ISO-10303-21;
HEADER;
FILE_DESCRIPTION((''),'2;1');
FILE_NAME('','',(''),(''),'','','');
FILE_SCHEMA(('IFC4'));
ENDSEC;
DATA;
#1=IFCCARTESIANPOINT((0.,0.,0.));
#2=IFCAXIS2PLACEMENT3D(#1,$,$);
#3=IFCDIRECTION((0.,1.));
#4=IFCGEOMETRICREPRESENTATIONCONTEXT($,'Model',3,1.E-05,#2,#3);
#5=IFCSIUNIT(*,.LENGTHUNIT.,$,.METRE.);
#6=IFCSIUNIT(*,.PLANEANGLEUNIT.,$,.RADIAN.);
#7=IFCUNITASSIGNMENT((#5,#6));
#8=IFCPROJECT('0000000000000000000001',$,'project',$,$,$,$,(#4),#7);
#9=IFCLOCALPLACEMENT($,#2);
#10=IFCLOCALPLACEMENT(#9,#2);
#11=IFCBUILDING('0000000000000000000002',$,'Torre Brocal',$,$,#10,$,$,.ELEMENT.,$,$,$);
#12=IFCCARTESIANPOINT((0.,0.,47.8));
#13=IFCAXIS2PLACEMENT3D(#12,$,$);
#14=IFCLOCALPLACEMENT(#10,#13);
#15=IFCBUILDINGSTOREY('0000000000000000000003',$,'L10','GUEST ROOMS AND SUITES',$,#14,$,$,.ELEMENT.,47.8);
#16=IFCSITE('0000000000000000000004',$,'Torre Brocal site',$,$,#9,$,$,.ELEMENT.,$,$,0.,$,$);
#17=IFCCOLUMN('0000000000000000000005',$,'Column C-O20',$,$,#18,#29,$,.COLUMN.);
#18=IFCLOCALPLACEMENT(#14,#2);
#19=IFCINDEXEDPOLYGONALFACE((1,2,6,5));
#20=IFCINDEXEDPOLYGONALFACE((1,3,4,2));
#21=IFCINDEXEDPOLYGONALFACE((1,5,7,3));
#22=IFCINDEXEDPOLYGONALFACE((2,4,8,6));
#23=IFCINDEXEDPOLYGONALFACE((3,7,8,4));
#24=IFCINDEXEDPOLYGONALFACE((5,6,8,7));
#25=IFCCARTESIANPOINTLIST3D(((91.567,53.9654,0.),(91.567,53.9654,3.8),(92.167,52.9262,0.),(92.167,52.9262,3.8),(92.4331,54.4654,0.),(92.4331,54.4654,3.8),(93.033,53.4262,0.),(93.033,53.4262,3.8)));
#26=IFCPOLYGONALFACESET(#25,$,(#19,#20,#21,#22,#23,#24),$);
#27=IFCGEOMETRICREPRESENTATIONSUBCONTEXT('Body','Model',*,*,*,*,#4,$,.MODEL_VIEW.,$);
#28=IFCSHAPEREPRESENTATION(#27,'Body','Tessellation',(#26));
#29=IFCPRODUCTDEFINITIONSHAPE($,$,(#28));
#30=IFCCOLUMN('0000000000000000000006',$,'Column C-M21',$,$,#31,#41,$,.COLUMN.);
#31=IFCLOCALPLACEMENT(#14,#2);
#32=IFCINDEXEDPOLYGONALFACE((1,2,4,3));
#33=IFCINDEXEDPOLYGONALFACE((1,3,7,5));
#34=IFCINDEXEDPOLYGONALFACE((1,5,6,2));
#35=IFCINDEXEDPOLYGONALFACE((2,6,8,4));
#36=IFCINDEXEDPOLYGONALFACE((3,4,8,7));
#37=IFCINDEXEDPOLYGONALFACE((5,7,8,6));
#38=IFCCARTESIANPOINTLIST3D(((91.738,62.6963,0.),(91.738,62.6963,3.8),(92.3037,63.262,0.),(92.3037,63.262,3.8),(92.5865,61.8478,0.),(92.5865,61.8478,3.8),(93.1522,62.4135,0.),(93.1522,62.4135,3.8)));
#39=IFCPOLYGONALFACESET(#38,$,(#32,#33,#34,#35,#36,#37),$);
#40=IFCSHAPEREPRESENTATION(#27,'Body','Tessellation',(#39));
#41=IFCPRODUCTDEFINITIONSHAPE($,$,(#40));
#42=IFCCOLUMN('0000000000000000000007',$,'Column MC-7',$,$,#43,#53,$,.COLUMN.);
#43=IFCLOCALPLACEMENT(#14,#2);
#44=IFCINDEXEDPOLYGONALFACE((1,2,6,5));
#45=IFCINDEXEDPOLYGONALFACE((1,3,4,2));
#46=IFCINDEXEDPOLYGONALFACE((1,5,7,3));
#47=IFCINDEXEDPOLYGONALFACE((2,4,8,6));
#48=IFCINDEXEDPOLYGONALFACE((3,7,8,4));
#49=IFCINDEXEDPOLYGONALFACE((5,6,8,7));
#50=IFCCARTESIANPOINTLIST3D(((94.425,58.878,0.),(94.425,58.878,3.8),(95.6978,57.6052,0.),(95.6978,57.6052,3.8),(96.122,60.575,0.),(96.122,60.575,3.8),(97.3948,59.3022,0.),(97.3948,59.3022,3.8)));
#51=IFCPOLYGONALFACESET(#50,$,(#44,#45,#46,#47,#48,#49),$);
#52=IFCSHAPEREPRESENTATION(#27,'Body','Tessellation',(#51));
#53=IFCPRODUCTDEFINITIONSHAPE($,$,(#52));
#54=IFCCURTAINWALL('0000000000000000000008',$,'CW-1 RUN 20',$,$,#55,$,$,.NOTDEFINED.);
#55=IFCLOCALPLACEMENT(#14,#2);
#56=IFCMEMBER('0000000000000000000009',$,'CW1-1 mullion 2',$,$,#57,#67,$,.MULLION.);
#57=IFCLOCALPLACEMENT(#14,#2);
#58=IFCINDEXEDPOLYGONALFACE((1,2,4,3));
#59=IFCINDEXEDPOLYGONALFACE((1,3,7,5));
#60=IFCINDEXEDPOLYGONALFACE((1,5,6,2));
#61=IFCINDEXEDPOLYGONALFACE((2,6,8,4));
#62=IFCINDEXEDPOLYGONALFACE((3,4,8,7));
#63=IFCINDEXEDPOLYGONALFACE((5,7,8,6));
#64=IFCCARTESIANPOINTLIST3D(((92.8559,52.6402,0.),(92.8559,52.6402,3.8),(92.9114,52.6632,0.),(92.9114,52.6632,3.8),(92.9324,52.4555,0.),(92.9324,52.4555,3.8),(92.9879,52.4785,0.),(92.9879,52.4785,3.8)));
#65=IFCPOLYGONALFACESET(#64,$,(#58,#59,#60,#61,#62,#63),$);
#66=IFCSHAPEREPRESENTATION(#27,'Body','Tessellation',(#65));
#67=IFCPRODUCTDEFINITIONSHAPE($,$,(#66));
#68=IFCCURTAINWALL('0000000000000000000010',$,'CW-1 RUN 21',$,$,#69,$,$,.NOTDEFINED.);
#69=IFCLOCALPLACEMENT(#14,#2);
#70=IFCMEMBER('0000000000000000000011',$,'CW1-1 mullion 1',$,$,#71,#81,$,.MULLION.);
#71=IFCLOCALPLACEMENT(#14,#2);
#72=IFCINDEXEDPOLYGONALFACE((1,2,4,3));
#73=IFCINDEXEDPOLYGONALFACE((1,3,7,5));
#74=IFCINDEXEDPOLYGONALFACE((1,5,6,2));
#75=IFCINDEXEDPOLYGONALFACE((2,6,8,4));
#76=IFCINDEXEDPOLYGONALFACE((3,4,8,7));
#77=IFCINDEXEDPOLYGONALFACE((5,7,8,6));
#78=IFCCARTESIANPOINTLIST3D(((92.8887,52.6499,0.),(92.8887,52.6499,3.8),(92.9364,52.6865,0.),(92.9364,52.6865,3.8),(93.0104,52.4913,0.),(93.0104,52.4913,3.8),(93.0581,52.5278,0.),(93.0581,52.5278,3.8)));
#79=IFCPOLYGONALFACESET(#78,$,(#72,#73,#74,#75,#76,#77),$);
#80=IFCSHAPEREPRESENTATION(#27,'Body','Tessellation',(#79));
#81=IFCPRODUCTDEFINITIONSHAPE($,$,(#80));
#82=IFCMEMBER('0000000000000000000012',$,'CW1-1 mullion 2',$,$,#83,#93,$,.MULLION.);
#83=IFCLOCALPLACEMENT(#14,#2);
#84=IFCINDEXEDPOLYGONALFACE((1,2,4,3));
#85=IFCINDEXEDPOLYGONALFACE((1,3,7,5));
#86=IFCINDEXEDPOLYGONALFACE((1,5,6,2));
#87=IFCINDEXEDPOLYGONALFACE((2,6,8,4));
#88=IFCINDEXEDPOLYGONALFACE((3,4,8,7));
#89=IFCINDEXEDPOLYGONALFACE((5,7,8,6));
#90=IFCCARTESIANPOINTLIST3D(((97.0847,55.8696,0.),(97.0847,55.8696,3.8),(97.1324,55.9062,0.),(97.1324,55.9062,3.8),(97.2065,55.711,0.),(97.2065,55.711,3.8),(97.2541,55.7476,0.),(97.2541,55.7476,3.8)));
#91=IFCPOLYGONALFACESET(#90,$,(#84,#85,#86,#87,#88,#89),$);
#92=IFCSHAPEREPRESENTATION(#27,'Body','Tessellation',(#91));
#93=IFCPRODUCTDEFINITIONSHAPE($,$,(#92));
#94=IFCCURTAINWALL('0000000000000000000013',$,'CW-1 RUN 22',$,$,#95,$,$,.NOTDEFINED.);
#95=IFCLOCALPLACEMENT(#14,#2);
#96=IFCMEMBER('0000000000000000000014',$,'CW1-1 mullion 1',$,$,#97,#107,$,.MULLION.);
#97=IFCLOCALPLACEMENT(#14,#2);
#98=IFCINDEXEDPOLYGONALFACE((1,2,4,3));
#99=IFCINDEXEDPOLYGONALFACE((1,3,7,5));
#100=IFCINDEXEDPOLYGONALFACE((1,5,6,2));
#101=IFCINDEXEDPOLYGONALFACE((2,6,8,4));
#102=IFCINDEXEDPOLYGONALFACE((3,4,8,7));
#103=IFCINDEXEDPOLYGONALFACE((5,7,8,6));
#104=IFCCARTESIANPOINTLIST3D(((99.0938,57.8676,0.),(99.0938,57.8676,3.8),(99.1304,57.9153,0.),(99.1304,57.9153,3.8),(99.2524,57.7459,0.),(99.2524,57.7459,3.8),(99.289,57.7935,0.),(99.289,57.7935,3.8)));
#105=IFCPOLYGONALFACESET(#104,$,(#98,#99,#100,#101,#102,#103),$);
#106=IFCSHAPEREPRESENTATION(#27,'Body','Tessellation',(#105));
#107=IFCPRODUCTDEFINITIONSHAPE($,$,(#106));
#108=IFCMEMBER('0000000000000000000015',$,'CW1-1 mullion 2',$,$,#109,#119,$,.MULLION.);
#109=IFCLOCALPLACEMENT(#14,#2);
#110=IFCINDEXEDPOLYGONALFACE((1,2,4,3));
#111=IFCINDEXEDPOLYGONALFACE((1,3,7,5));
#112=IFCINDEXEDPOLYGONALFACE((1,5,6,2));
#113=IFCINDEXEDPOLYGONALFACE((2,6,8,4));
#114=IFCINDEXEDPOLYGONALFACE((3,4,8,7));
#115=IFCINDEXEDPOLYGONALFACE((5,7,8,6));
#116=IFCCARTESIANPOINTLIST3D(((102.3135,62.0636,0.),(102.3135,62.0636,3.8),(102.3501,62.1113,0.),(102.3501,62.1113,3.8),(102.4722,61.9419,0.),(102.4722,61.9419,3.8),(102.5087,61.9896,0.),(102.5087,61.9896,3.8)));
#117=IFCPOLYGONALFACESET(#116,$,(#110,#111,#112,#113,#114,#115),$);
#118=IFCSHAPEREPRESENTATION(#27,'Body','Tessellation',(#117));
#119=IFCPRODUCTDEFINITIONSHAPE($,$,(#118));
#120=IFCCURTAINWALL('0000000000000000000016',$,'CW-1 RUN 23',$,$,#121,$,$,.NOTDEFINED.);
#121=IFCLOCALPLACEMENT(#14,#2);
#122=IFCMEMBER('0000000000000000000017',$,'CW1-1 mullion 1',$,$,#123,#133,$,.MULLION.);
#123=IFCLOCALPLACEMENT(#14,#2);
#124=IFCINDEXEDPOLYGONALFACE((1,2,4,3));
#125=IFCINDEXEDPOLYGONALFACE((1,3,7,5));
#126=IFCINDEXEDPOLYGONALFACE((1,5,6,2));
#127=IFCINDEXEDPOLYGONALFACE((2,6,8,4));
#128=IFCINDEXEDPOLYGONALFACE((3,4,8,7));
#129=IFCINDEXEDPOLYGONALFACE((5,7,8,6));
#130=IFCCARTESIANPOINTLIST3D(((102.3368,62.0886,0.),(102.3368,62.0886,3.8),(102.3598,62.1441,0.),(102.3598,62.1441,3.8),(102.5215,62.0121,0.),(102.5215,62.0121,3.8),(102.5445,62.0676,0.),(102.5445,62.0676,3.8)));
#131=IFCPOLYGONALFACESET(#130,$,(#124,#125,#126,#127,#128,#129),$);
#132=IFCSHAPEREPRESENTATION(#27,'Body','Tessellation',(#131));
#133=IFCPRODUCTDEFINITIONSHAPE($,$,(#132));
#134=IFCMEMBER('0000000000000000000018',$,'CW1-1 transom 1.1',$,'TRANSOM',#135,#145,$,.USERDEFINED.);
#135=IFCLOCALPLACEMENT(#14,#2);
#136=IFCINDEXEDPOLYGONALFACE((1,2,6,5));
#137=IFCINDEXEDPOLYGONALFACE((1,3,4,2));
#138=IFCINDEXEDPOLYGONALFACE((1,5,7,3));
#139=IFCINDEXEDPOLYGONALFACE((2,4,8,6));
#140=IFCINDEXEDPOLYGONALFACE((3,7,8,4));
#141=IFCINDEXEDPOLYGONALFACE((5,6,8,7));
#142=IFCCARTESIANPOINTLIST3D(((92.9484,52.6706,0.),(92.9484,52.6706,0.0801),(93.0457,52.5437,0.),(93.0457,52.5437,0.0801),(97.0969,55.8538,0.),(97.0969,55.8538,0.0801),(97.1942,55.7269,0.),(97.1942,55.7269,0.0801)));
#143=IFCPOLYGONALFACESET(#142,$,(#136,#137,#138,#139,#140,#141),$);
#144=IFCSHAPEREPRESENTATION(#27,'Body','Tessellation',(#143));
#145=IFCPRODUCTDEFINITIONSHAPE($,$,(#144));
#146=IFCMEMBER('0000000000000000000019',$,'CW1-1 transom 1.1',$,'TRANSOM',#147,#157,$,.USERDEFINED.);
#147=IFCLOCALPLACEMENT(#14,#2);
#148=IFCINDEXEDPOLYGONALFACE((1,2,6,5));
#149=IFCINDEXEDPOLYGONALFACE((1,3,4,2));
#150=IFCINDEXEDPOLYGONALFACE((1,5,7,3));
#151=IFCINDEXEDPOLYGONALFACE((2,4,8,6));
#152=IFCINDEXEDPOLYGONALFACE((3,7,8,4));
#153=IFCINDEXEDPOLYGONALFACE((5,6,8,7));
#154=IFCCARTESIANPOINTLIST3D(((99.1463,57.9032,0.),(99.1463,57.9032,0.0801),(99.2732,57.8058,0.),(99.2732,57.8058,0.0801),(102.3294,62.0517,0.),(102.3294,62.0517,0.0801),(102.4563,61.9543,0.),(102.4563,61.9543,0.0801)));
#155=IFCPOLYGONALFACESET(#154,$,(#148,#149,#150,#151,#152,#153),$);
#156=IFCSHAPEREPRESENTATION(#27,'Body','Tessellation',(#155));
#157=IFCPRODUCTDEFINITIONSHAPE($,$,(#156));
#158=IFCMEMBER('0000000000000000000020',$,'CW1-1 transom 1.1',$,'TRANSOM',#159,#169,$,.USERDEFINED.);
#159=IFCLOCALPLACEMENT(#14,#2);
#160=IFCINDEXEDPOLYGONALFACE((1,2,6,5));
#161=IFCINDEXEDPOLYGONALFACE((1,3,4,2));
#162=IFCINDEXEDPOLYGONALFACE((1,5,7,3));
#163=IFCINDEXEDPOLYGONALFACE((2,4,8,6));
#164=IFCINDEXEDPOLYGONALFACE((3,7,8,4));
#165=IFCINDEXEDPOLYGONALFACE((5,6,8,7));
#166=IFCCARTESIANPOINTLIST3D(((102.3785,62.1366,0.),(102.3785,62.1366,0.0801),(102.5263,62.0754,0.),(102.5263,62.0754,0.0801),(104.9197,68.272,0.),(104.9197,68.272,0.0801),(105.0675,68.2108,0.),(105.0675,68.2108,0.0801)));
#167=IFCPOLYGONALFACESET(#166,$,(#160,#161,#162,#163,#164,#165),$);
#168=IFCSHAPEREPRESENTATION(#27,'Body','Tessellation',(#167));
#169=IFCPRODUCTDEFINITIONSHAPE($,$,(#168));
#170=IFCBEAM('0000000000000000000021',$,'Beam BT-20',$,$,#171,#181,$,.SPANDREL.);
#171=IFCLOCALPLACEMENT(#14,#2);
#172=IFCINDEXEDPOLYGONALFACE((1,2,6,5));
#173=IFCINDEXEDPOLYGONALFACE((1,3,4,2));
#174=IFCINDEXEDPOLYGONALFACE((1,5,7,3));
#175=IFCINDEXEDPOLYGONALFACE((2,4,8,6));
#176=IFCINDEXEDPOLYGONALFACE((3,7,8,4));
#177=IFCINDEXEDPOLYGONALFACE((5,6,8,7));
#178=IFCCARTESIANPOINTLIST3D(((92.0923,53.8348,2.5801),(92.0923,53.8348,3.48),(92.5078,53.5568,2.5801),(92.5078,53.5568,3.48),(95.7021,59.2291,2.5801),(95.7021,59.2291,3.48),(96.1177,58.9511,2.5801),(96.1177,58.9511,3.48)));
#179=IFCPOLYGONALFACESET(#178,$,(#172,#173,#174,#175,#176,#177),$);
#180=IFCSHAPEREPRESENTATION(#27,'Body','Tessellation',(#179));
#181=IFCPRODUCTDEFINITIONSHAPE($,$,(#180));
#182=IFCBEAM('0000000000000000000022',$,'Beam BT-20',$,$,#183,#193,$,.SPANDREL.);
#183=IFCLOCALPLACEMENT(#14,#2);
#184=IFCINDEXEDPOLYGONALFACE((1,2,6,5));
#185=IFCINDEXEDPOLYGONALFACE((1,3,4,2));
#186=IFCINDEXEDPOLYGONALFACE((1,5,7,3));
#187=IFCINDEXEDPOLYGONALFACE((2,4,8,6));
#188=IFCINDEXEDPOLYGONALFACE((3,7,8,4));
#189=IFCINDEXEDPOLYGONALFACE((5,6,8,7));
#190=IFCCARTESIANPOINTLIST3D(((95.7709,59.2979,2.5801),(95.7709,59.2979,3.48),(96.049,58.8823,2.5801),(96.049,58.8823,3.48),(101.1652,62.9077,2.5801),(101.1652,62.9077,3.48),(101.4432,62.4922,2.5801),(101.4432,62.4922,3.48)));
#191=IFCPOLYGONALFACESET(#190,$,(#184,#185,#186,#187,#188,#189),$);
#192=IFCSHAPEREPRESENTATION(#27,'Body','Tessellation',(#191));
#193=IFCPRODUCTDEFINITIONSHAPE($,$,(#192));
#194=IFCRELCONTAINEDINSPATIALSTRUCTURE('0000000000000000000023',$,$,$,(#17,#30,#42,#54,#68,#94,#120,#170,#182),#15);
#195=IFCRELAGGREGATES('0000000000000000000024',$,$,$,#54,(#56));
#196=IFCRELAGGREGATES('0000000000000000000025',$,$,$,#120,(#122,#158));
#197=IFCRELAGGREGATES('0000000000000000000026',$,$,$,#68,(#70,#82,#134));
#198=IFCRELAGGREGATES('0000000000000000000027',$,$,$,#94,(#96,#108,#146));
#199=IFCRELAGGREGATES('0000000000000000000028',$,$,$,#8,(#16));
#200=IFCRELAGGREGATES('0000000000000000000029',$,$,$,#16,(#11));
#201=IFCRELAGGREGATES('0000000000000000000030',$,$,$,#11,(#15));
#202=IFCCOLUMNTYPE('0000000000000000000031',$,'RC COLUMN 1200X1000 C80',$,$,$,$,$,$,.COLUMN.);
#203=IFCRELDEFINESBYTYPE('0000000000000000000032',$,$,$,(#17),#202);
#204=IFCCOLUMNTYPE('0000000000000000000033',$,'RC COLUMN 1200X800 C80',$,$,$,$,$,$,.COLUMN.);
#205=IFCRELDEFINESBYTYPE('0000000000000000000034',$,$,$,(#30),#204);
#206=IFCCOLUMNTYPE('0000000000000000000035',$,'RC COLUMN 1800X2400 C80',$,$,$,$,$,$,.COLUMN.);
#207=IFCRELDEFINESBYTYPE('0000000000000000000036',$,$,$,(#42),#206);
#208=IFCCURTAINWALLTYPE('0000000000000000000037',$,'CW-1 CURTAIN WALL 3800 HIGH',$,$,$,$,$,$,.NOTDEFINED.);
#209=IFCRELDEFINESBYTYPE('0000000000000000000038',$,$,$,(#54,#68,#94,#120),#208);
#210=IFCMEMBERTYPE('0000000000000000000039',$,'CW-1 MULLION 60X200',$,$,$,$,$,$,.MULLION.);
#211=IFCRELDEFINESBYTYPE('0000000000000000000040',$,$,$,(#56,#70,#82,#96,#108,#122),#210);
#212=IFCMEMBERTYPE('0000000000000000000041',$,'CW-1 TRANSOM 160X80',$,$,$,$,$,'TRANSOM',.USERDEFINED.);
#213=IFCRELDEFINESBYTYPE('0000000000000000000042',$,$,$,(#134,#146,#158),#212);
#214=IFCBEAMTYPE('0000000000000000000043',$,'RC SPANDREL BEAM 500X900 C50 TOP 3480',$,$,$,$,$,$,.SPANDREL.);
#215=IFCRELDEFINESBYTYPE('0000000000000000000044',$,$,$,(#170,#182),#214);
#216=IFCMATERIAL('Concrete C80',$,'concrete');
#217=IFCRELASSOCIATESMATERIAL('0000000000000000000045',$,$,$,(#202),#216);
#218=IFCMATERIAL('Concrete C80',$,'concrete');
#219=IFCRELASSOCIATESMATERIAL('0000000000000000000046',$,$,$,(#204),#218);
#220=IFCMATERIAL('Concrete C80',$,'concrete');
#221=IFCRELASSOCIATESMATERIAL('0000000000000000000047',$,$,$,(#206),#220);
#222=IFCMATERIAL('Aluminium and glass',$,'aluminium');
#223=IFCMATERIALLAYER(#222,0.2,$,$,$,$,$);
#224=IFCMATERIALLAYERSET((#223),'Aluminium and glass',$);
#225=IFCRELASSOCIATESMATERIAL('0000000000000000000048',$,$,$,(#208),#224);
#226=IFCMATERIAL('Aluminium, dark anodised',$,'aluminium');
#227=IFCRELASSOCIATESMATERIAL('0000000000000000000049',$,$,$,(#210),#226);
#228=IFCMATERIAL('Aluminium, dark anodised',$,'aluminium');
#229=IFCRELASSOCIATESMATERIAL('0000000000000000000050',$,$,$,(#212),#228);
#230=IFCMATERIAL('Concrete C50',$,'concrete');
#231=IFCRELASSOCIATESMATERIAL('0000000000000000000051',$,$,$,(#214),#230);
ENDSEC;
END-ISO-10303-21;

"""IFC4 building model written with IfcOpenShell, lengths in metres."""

from ifc_helpers import new_model, si_unit, direction, frame, origin, origin_2d, place, context, subcontext, project, spatial, rectangle, extrude, material, layer, layer_set, material_profile, profile_set, type_object, element, aggregate, save


model = new_model("IFC4")

# Units and contexts
model_context = context("Model", 3, precision=1e-05, world=origin(), true_north=direction((0.0, 1.0)))
body_context = subcontext(model_context, "Body", "Model", "MODEL_VIEW")
ifc_project = project(units=[si_unit("LENGTHUNIT", "METRE"), si_unit("PLANEANGLEUNIT", "RADIAN")], contexts=[model_context])

# Site, building, storey
site_placement = place(None, origin())
site = spatial("IfcSite", under=ifc_project, at=site_placement, Name="Torre Brocal site", CompositionType="ELEMENT", RefElevation=0.0)
building_placement = place(site_placement, origin())
building = spatial("IfcBuilding", under=site, at=building_placement, Name="Torre Brocal", CompositionType="ELEMENT")
storey_placement = place(building_placement, frame((0.0, 0.0, 47.8)))
storey = spatial("IfcBuildingStorey", under=building, at=storey_placement, Name="L10", Description="GUEST ROOMS AND SUITES", CompositionType="ELEMENT", Elevation=47.8)

# Columns
ifc_material_1 = material(Name="Concrete C80", Category="concrete")
ifc_material_profile_1 = material_profile(ifc_material_1, rectangle(XDim=1.2, YDim=1.0, at=origin_2d()), Name="RC 1200X1000")
ifc_profile_set_1 = profile_set([ifc_material_profile_1], Name="Concrete C80")
column_type_1 = type_object("IfcColumnType", Name="RC COLUMN 1200X1000 C80", PredefinedType="COLUMN", material=ifc_profile_set_1)
column_1_placement = place(storey_placement, frame((92.3, 53.6958, 0.0), z_axis=(0.0, 0.0, 1.0), x_axis=(0.5, -0.866025, 0.0)))
element("IfcColumn", 1, at=column_1_placement, inside=storey, type_object=column_type_1, Name="Column C-O20", PredefinedType="COLUMN", context=body_context, shape_type="SweptSolid", body=[
    extrude(rectangle(XDim=1.2, YDim=1.0, at=origin_2d()), origin(), (0.0, 0.0, 1.0), 3.8),
])
ifc_material_2 = material(Name="Concrete C80", Category="concrete")
ifc_material_profile_2 = material_profile(ifc_material_2, rectangle(XDim=1.2, YDim=0.8, at=origin_2d()), Name="RC 1200X800")
ifc_profile_set_2 = profile_set([ifc_material_profile_2], Name="Concrete C80")
column_type_2 = type_object("IfcColumnType", Name="RC COLUMN 1200X800 C80", PredefinedType="COLUMN", material=ifc_profile_set_2)
column_2_placement = place(storey_placement, frame((92.4451, 62.5549, 0.0), z_axis=(0.0, 0.0, 1.0), x_axis=(0.707107, -0.707107, 0.0)))
element("IfcColumn", 2, at=column_2_placement, inside=storey, type_object=column_type_2, Name="Column C-M21", PredefinedType="COLUMN", context=body_context, shape_type="SweptSolid", body=[
    extrude(rectangle(XDim=1.2, YDim=0.8, at=origin_2d()), origin(), (0.0, 0.0, 1.0), 3.8),
])
ifc_material_3 = material(Name="Concrete C80", Category="concrete")
ifc_material_profile_3 = material_profile(ifc_material_3, rectangle(XDim=1.8, YDim=2.3999, at=origin_2d()), Name="RC 1800X2400")
ifc_profile_set_3 = profile_set([ifc_material_profile_3], Name="Concrete C80")
column_type_3 = type_object("IfcColumnType", Name="RC COLUMN 1800X2400 C80", PredefinedType="COLUMN", material=ifc_profile_set_3)
column_3_placement = place(storey_placement, frame((95.9099, 59.0901, 0.0), z_axis=(0.0, 0.0, 1.0), x_axis=(0.707107, -0.707107, 0.0)))
element("IfcColumn", 3, at=column_3_placement, inside=storey, type_object=column_type_3, Name="Column MC-7", PredefinedType="COLUMN", context=body_context, shape_type="SweptSolid", body=[
    extrude(rectangle(XDim=1.8, YDim=2.3999, at=origin_2d()), origin(), (0.0, 0.0, 1.0), 3.8),
])

# Curtain wall, member
ifc_material_4 = material(Name="Aluminium and glass", Category="aluminium")
ifc_layer_1 = layer(ifc_material_4, 0.2)
ifc_layer_set_1 = layer_set([ifc_layer_1], Name="Aluminium and glass")
curtain_wall_type = type_object("IfcCurtainWallType", Name="CW-1 CURTAIN WALL 3800 HIGH", PredefinedType="NOTDEFINED", material=ifc_layer_set_1)
curtain_wall_1_placement = place(storey_placement, origin())
curtain_wall_1 = element("IfcCurtainWall", 4, at=curtain_wall_1_placement, inside=storey, type_object=curtain_wall_type, Name="CW-1 RUN 20", PredefinedType="NOTDEFINED")
ifc_material_5 = material(Name="Aluminium, dark anodised", Category="aluminium")
ifc_material_profile_4 = material_profile(ifc_material_5, rectangle(XDim=0.2, YDim=0.0601, at=origin_2d()), Name="CW-1 MULLION 60X200")
ifc_profile_set_4 = profile_set([ifc_material_profile_4], Name="Aluminium, dark anodised")
member_type_1 = type_object("IfcMemberType", Name="CW-1 MULLION 60X200", PredefinedType="MULLION", material=ifc_profile_set_4)
member_1_placement = place(storey_placement, frame((92.9219, 52.5593, 0.0), z_axis=(0.0, 0.0, 1.0), x_axis=(-0.382683, 0.92388, 0.0)))
member_1 = element("IfcMember", 5, at=member_1_placement, type_object=member_type_1, Name="CW1-1 mullion 2", PredefinedType="MULLION", context=body_context, shape_type="SweptSolid", body=[
    extrude(rectangle(XDim=0.2, YDim=0.0601, at=origin_2d()), origin(), (0.0, 0.0, 1.0), 3.8),
])
aggregate(curtain_wall_1, [member_1])

# Curtain walls, members
curtain_wall_2_placement = place(storey_placement, origin())
curtain_wall_2 = element("IfcCurtainWall", 6, at=curtain_wall_2_placement, inside=storey, type_object=curtain_wall_type, Name="CW-1 RUN 21", PredefinedType="NOTDEFINED")
member_2_placement = place(storey_placement, frame((92.9734, 52.5889, 0.0), z_axis=(0.0, 0.0, 1.0), x_axis=(-0.608761, 0.793353, 0.0)))
member_2 = element("IfcMember", 7, at=member_2_placement, type_object=member_type_1, Name="CW1-1 mullion 1", PredefinedType="MULLION", context=body_context, shape_type="SweptSolid", body=[
    extrude(rectangle(XDim=0.2, YDim=0.0601, at=origin_2d()), origin(), (0.0, 0.0, 1.0), 3.8),
])
member_3_placement = place(storey_placement, frame((97.1694, 55.8086, 0.0), z_axis=(0.0, 0.0, 1.0), x_axis=(-0.608761, 0.793353, 0.0)))
member_3 = element("IfcMember", 8, at=member_3_placement, type_object=member_type_1, Name="CW1-1 mullion 2", PredefinedType="MULLION", context=body_context, shape_type="SweptSolid", body=[
    extrude(rectangle(XDim=0.2, YDim=0.0601, at=origin_2d()), origin(), (0.0, 0.0, 1.0), 3.8),
])
curtain_wall_3_placement = place(storey_placement, origin())
curtain_wall_3 = element("IfcCurtainWall", 9, at=curtain_wall_3_placement, inside=storey, type_object=curtain_wall_type, Name="CW-1 RUN 22", PredefinedType="NOTDEFINED")
member_4_placement = place(storey_placement, frame((99.1914, 57.8306, 0.0), z_axis=(0.0, 0.0, 1.0), x_axis=(-0.793353, 0.608761, 0.0)))
member_4 = element("IfcMember", 10, at=member_4_placement, type_object=member_type_1, Name="CW1-1 mullion 1", PredefinedType="MULLION", context=body_context, shape_type="SweptSolid", body=[
    extrude(rectangle(XDim=0.2, YDim=0.0601, at=origin_2d()), origin(), (0.0, 0.0, 1.0), 3.8),
])
member_5_placement = place(storey_placement, frame((102.4111, 62.0266, 0.0), z_axis=(0.0, 0.0, 1.0), x_axis=(-0.793353, 0.608761, 0.0)))
member_5 = element("IfcMember", 11, at=member_5_placement, type_object=member_type_1, Name="CW1-1 mullion 2", PredefinedType="MULLION", context=body_context, shape_type="SweptSolid", body=[
    extrude(rectangle(XDim=0.2, YDim=0.0601, at=origin_2d()), origin(), (0.0, 0.0, 1.0), 3.8),
])

# Curtain wall, member
curtain_wall_4_placement = place(storey_placement, origin())
curtain_wall_4 = element("IfcCurtainWall", 12, at=curtain_wall_4_placement, inside=storey, type_object=curtain_wall_type, Name="CW-1 RUN 23", PredefinedType="NOTDEFINED")
member_6_placement = place(storey_placement, frame((102.4407, 62.0781, 0.0), z_axis=(0.0, 0.0, 1.0), x_axis=(-0.92388, 0.382683, 0.0)))
member_6 = element("IfcMember", 13, at=member_6_placement, type_object=member_type_1, Name="CW1-1 mullion 1", PredefinedType="MULLION", context=body_context, shape_type="SweptSolid", body=[
    extrude(rectangle(XDim=0.2, YDim=0.0601, at=origin_2d()), origin(), (0.0, 0.0, 1.0), 3.8),
])

# Members
ifc_material_6 = material(Name="Aluminium, dark anodised", Category="aluminium")
ifc_material_profile_5 = material_profile(ifc_material_6, rectangle(XDim=0.1599, YDim=0.0801, at=origin_2d()), Name="CW-1 TRANSOM 160X80")
ifc_profile_set_5 = profile_set([ifc_material_profile_5], Name="Aluminium, dark anodised")
member_type_2 = type_object("IfcMemberType", Name="CW-1 TRANSOM 160X80", ElementType="TRANSOM", PredefinedType="USERDEFINED", material=ifc_profile_set_5)
member_7_placement = place(storey_placement, frame((92.9971, 52.6072, 0.04), z_axis=(0.793363, 0.608749, 0.0), x_axis=(-0.608749, 0.793363, 0.0)))
member_7 = element("IfcMember", 14, at=member_7_placement, type_object=member_type_2, Name="CW1-1 transom 1.1", ObjectType="TRANSOM", PredefinedType="USERDEFINED", context=body_context, shape_type="SweptSolid", body=[
    extrude(rectangle(XDim=0.1599, YDim=0.0801, at=origin_2d()), origin(), (0.0, 0.0, 1.0), 5.229),
])
member_8_placement = place(storey_placement, frame((99.2097, 57.8545, 0.04), z_axis=(0.608749, 0.793363, 0.0), x_axis=(-0.793363, 0.608749, 0.0)))
member_8 = element("IfcMember", 15, at=member_8_placement, type_object=member_type_2, Name="CW1-1 transom 1.1", ObjectType="TRANSOM", PredefinedType="USERDEFINED", context=body_context, shape_type="SweptSolid", body=[
    extrude(rectangle(XDim=0.1599, YDim=0.0801, at=origin_2d()), origin(), (0.0, 0.0, 1.0), 5.229),
])
member_9_placement = place(storey_placement, frame((102.4524, 62.106, 0.04), z_axis=(0.382665, 0.923887, 0.0), x_axis=(-0.923887, 0.382665, 0.0)))
member_9 = element("IfcMember", 16, at=member_9_placement, type_object=member_type_2, Name="CW1-1 transom 1.1", ObjectType="TRANSOM", PredefinedType="USERDEFINED", context=body_context, shape_type="SweptSolid", body=[
    extrude(rectangle(XDim=0.1599, YDim=0.0801, at=origin_2d()), origin(), (0.0, 0.0, 1.0), 6.6409),
])
aggregate(curtain_wall_4, [member_6, member_9])

# Beams
ifc_material_7 = material(Name="Concrete C50", Category="concrete")
ifc_material_profile_6 = material_profile(ifc_material_7, rectangle(XDim=0.5, YDim=0.8999, at=origin_2d()), Name="RC 500X900")
ifc_profile_set_6 = profile_set([ifc_material_profile_6], Name="Concrete C50")
beam_type = type_object("IfcBeamType", Name="RC SPANDREL BEAM 500X900 C50 TOP 3480", PredefinedType="SPANDREL", material=ifc_profile_set_6)
for number, where, z_axis, x_axis, name in (
    (17, (92.3, 53.6958, 3.03), (0.556158, 0.831077, 0.0), (-0.831077, 0.556158, 0.0), "Beam BT-20"),
    (18, (95.9099, 59.0901, 3.03), (0.831077, 0.556158, 0.0), (-0.556158, 0.831077, 0.0), "Beam BT-20"),
):
    element("IfcBeam", number, at=place(storey_placement, frame(where, z_axis=z_axis, x_axis=x_axis)), inside=storey, type_object=beam_type, Name=name, PredefinedType="SPANDREL", context=body_context, shape_type="SweptSolid", body=[
        extrude(rectangle(XDim=0.5, YDim=0.8999, at=origin_2d()), origin(), (0.0, 0.0, 1.0), 6.4907),
    ])

aggregate(curtain_wall_2, [member_2, member_3, member_7])
aggregate(curtain_wall_3, [member_4, member_5, member_8])

save(model, "model.ifc")
